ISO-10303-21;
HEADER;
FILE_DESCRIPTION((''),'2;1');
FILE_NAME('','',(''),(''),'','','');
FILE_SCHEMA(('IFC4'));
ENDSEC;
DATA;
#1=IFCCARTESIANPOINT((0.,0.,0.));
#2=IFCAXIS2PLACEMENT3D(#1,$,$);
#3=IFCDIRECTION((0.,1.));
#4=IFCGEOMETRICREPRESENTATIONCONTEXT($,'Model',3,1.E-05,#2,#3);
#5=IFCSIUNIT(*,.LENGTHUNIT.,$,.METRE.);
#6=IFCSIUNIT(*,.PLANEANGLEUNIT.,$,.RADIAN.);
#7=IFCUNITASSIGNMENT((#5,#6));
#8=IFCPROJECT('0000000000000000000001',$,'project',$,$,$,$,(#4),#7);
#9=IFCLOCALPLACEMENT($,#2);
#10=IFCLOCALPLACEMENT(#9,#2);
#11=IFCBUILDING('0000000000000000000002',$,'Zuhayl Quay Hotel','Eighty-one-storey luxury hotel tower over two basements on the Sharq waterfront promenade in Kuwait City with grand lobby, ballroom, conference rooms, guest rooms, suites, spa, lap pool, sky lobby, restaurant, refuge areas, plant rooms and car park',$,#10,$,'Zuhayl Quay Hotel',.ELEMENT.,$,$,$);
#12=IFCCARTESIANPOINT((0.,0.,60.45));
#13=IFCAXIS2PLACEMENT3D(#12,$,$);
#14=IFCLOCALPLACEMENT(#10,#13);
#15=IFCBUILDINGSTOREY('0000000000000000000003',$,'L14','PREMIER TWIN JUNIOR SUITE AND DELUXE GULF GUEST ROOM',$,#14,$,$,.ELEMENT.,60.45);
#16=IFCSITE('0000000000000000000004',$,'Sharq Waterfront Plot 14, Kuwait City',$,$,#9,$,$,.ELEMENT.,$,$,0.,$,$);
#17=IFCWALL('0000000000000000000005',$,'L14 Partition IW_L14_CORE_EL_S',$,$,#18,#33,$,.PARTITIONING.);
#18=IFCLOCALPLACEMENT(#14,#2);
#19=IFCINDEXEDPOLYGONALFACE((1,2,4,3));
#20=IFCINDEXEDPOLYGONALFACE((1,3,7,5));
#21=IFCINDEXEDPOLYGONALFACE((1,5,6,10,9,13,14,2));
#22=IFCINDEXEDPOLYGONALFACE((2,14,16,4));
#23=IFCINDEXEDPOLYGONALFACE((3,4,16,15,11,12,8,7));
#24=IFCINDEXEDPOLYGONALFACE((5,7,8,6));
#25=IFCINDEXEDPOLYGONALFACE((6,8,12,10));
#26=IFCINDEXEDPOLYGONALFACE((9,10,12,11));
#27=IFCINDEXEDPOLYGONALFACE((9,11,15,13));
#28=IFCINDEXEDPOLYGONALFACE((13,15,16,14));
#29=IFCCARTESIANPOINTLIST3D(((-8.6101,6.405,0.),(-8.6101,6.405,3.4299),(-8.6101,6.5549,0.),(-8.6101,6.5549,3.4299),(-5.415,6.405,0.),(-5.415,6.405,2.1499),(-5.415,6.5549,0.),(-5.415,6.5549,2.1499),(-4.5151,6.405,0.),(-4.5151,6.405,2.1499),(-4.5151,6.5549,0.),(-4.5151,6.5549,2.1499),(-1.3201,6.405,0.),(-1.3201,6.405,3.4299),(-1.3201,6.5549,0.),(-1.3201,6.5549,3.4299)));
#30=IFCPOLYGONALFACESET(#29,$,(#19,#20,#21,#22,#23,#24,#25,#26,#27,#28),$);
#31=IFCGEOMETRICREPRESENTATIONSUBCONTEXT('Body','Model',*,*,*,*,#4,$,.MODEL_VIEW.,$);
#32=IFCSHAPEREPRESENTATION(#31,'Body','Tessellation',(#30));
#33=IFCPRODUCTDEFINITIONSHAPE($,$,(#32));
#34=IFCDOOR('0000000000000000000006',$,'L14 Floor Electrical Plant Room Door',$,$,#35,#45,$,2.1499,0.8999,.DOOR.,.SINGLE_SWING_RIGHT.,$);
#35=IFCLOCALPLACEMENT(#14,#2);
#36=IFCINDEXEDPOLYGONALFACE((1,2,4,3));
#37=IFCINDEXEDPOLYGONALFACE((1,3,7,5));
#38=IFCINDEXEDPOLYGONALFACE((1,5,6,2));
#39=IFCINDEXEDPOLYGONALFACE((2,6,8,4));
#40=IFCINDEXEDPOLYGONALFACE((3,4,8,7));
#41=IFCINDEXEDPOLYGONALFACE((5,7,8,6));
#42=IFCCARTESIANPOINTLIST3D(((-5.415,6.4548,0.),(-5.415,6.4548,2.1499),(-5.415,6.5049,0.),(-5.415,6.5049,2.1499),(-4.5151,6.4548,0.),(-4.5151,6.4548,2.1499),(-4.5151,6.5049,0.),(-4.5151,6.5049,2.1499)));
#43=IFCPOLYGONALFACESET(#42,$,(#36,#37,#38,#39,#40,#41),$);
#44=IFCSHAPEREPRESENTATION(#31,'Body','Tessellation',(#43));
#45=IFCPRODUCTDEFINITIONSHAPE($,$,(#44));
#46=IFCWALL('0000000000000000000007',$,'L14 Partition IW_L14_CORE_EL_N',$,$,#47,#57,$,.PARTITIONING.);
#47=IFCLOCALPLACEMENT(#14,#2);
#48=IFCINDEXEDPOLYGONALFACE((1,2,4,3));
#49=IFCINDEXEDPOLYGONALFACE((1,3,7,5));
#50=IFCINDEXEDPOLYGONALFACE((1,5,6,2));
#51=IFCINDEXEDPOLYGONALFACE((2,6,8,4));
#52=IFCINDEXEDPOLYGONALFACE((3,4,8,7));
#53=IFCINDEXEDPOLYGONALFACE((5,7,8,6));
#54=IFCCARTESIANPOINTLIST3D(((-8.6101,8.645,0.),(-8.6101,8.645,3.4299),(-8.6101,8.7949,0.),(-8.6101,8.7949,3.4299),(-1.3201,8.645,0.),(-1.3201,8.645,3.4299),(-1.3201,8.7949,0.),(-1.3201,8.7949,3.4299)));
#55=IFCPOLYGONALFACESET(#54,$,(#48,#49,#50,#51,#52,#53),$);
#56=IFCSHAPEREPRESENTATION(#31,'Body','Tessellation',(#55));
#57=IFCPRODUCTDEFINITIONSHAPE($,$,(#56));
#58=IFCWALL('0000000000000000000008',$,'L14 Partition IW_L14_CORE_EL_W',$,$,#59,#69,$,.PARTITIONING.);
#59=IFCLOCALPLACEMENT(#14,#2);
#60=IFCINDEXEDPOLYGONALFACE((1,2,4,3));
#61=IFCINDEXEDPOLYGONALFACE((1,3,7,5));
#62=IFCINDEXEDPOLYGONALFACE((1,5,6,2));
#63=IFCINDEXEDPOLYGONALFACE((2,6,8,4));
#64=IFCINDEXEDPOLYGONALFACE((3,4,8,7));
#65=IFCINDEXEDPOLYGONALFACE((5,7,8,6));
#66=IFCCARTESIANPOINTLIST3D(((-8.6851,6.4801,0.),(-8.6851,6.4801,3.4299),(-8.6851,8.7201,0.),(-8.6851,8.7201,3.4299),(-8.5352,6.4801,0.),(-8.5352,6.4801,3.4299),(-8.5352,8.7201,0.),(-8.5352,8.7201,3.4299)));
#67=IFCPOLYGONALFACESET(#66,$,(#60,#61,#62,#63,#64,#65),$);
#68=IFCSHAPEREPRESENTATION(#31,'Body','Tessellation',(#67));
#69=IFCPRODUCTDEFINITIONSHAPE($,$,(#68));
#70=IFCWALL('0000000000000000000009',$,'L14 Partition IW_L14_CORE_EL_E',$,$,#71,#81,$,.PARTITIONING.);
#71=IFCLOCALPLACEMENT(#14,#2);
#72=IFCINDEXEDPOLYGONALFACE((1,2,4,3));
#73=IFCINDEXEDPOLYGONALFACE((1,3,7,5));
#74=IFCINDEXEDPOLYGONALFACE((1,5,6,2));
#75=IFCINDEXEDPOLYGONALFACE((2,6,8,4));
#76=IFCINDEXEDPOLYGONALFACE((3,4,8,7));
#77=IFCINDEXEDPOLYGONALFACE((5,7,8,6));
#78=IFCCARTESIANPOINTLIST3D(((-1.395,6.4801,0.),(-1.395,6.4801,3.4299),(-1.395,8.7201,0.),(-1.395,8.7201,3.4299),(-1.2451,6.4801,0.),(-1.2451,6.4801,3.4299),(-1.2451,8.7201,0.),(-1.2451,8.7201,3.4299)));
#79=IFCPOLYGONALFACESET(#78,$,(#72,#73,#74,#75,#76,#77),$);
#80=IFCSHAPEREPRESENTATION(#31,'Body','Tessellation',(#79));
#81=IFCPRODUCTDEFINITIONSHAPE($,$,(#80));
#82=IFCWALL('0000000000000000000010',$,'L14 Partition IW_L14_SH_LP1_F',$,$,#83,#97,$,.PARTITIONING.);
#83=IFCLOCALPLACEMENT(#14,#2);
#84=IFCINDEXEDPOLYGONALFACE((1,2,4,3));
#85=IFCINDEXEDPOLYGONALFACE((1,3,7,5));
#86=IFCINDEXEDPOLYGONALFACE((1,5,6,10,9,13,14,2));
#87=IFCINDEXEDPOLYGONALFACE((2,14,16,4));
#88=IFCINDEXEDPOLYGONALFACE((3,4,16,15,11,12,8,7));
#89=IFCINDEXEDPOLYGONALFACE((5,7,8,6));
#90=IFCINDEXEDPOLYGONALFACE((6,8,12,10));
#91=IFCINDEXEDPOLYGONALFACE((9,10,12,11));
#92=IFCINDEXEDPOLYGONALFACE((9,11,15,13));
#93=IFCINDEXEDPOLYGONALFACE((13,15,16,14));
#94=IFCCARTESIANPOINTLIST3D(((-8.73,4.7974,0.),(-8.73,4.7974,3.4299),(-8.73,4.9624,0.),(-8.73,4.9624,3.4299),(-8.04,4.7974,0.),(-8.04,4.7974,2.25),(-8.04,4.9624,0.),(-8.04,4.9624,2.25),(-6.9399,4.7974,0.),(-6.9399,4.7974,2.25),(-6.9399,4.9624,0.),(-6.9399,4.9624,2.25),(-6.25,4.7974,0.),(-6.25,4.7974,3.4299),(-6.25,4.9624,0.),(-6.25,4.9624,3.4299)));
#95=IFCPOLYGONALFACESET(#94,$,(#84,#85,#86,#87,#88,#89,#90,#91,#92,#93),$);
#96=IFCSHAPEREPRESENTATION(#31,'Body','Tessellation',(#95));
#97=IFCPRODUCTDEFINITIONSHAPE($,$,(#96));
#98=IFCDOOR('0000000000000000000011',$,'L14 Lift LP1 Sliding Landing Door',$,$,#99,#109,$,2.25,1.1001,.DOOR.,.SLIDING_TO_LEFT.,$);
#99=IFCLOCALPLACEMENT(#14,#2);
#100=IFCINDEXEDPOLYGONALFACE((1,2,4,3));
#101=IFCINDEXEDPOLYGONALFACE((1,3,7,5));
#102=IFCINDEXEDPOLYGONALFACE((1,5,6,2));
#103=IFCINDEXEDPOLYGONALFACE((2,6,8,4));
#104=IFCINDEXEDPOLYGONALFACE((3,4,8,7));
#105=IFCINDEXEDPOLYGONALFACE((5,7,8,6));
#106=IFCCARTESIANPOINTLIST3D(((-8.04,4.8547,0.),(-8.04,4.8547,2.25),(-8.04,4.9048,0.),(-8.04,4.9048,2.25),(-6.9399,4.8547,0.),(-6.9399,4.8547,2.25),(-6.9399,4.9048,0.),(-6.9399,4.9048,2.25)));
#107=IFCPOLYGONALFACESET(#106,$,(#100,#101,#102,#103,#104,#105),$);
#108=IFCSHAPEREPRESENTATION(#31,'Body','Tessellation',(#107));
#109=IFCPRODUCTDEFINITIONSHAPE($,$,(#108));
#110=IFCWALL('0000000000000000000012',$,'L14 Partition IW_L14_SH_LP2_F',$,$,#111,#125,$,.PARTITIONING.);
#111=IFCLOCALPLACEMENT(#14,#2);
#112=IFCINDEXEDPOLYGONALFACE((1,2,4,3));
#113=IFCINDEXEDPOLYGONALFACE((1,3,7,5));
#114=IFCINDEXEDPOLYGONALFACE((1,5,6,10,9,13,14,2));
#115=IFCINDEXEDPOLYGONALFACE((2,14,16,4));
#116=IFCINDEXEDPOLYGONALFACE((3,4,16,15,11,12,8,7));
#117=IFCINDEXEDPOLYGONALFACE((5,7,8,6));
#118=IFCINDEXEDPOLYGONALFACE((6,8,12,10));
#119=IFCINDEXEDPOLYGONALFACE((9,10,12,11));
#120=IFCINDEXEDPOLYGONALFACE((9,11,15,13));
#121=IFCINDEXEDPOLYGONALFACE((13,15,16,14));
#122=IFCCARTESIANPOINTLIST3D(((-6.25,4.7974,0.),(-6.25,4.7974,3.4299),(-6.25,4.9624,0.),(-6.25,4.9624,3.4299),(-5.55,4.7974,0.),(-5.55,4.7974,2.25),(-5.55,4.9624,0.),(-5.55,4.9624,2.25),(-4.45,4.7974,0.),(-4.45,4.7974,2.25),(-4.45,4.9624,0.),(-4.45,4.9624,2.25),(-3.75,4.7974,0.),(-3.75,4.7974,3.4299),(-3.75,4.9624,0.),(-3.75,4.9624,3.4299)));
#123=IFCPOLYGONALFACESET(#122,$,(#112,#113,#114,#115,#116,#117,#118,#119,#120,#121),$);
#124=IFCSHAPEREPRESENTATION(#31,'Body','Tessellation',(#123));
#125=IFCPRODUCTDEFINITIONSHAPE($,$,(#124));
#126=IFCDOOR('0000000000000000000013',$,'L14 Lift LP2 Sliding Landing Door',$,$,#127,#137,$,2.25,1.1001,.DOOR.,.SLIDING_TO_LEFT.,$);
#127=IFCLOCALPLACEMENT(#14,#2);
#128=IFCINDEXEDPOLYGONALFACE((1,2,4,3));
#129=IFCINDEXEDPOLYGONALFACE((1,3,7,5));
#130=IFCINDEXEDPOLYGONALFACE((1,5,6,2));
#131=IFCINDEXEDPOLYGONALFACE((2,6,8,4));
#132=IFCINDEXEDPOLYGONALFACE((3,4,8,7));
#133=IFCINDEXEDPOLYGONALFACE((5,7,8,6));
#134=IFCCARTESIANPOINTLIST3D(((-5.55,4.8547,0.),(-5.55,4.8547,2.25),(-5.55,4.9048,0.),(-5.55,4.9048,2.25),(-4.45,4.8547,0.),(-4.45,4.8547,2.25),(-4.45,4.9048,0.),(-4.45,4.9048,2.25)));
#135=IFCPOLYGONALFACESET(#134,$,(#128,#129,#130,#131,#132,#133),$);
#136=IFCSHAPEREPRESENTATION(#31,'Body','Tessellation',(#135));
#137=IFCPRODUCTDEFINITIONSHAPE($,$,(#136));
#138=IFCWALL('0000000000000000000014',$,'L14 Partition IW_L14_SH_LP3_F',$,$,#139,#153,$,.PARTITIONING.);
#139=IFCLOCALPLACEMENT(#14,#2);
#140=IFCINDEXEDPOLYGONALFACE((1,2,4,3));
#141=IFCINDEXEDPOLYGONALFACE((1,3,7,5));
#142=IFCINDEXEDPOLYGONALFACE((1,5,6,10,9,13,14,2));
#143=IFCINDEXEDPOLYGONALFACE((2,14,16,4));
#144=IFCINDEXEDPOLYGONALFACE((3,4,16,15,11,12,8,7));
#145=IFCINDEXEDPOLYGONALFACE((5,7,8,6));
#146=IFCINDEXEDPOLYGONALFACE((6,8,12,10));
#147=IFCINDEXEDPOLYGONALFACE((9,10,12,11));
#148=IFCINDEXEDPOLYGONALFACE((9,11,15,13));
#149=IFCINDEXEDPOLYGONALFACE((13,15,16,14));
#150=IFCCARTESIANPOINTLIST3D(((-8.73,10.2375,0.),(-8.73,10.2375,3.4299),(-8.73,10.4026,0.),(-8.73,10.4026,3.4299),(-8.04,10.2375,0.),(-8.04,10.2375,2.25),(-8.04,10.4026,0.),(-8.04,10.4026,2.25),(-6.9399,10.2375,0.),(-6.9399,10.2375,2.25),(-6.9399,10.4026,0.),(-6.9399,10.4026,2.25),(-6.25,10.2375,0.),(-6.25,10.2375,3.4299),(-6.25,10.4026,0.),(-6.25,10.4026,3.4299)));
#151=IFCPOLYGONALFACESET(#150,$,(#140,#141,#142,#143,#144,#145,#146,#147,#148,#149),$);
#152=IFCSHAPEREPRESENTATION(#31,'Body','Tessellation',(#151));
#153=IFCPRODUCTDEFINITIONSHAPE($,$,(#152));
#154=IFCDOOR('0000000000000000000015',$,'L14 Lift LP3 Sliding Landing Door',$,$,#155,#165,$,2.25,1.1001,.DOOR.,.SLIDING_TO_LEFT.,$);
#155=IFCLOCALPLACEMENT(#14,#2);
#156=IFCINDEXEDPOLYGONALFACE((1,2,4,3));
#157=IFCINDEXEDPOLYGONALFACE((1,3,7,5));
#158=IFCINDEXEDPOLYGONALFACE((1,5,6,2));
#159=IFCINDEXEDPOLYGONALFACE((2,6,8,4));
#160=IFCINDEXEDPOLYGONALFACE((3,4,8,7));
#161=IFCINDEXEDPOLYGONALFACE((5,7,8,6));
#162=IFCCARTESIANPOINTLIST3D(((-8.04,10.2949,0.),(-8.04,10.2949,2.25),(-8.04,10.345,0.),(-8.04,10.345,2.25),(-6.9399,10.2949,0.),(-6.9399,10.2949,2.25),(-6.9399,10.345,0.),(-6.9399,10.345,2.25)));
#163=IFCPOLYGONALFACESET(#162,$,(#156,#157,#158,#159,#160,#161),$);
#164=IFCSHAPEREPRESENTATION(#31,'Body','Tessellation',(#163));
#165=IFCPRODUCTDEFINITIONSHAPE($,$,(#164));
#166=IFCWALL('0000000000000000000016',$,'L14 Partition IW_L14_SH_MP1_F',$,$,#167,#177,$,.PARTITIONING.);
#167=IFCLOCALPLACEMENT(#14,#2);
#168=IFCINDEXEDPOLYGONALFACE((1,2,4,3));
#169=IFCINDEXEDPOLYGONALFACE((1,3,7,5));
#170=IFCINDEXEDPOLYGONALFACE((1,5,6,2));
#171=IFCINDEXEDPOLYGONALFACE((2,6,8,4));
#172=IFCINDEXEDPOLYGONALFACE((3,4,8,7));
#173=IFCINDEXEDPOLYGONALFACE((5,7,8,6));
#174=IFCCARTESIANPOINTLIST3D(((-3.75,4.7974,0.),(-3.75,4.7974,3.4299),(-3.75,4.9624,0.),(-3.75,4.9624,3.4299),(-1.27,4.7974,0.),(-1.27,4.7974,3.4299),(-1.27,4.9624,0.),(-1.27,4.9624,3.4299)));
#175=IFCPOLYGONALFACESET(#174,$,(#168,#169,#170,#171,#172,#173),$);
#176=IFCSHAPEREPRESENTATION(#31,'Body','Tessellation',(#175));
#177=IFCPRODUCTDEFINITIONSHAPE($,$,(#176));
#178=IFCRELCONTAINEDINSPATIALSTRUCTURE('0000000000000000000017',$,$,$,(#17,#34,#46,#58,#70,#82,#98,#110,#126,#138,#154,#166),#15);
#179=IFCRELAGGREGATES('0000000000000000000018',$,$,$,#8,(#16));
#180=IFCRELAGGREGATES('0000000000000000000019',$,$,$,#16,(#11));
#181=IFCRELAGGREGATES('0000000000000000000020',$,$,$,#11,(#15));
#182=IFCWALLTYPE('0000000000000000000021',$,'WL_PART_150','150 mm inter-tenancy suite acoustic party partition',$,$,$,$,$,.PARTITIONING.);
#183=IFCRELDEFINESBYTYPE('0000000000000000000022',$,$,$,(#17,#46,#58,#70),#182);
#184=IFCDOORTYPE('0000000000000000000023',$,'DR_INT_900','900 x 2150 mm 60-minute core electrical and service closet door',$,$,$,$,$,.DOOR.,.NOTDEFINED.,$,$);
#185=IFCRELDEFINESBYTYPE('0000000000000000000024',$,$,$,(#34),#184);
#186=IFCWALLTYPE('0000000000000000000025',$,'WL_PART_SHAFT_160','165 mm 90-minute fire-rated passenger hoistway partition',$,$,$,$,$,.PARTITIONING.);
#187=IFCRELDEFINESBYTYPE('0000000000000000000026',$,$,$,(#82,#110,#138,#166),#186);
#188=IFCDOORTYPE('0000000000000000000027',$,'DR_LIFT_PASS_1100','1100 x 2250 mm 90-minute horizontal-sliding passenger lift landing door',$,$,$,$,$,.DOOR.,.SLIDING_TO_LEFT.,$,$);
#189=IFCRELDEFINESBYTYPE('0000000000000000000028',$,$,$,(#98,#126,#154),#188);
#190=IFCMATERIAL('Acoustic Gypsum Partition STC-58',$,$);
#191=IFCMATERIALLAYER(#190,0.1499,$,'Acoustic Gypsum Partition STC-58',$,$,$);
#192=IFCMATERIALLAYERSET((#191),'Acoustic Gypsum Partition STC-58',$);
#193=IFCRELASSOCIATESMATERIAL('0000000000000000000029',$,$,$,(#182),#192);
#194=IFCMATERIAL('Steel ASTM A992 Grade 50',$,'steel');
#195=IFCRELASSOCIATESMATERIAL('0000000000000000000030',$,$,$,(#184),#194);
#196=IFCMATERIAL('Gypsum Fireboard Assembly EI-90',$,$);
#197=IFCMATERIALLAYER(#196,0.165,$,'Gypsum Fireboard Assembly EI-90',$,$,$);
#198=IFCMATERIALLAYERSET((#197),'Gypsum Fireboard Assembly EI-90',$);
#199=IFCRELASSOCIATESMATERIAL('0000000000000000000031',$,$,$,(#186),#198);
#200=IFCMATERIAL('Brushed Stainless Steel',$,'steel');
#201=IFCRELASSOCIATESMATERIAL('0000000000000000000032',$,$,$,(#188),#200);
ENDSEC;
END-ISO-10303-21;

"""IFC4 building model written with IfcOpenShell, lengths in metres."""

from ifc_helpers import new_model, si_unit, direction, frame, frame_2d, origin, place, context, subcontext, project, spatial, rectangle, extrude, material, layer, layer_set, type_object, element, fill, save


model = new_model("IFC4")

# Units and contexts
model_context = context("Model", 3, precision=1e-05, world=origin(), true_north=direction((0.0, 1.0)))
body_context = subcontext(model_context, "Body", "Model", "MODEL_VIEW")
ifc_project = project(units=[si_unit("LENGTHUNIT", "METRE"), si_unit("PLANEANGLEUNIT", "RADIAN")], contexts=[model_context])

# Site, building, storey
site_placement = place(None, origin())
site = spatial("IfcSite", under=ifc_project, at=site_placement, Name="Sharq Waterfront Plot 14, Kuwait City", CompositionType="ELEMENT", RefElevation=0.0)
building_placement = place(site_placement, origin())
building = spatial("IfcBuilding", under=site, at=building_placement, Name="Zuhayl Quay Hotel", Description="Eighty-one-storey luxury hotel tower over two basements on the Sharq waterfront promenade in Kuwait City with grand lobby, ballroom, conference rooms, guest rooms, suites, spa, lap pool, sky lobby, restaurant, refuge areas, plant rooms and car park", LongName="Zuhayl Quay Hotel", CompositionType="ELEMENT")
storey_placement = place(building_placement, frame((0.0, 0.0, 60.45)))
storey = spatial("IfcBuildingStorey", under=building, at=storey_placement, Name="L14", Description="PREMIER TWIN JUNIOR SUITE AND DELUXE GULF GUEST ROOM", CompositionType="ELEMENT", Elevation=60.45)

# Wall, opening, door
ifc_material_1 = material(Name="Acoustic Gypsum Partition STC-58")
ifc_layer_1 = layer(ifc_material_1, 0.1499, Name="Acoustic Gypsum Partition STC-58")
ifc_layer_set_1 = layer_set([ifc_layer_1], Name="Acoustic Gypsum Partition STC-58")
wall_type_1 = type_object("IfcWallType", Name="WL_PART_150", Description="150 mm inter-tenancy suite acoustic party partition", PredefinedType="PARTITIONING", material=ifc_layer_set_1)
wall_1_placement = place(storey_placement, frame((-8.6101, 6.48, 0.0), z_axis=(0.0, 0.0, 1.0), x_axis=(1.0, 0.0, 0.0)))
wall_1 = element("IfcWall", 1, at=wall_1_placement, inside=storey, type_object=wall_type_1, Name="L14 Partition IW_L14_CORE_EL_S", PredefinedType="PARTITIONING", context=body_context, shape_type="SweptSolid", body=[
    extrude(rectangle(XDim=7.29, YDim=0.1499, at=frame_2d((3.645, 0.0))), origin(), (0.0, 0.0, 1.0), 3.4299),
])
opening_1_placement = place(wall_1_placement, frame((3.1951, 0.0, 0.0)))
opening_1 = element("IfcOpeningElement", 2, at=opening_1_placement, cuts=wall_1, PredefinedType="OPENING", context=body_context, shape_type="SweptSolid", body=[
    extrude(rectangle(XDim=0.8999, YDim=2.1499, at=frame_2d((0.45, 1.075))), frame((0.0, 0.085, 0.0), z_axis=(0.0, -1.0, 0.0), x_axis=(1.0, 0.0, 0.0)), (0.0, 0.0, 1.0), 0.1699),
])
ifc_material_2 = material(Name="Steel ASTM A992 Grade 50", Category="steel")
door_type_1 = type_object("IfcDoorType", Name="DR_INT_900", Description="900 x 2150 mm 60-minute core electrical and service closet door", OperationType="NOTDEFINED", PredefinedType="DOOR", material=ifc_material_2)
door_1_placement = place(opening_1_placement, origin())
door_1 = element("IfcDoor", 3, at=door_1_placement, inside=storey, type_object=door_type_1, Name="L14 Floor Electrical Plant Room Door", OperationType="SINGLE_SWING_RIGHT", OverallHeight=2.1499, OverallWidth=0.8999, PredefinedType="DOOR", context=body_context, shape_type="SweptSolid", body=[
    extrude(rectangle(XDim=0.8999, YDim=2.1499, at=frame_2d((0.45, 1.075))), frame((0.0, 0.0249, 0.0), z_axis=(0.0, -1.0, 0.0), x_axis=(1.0, 0.0, 0.0)), (0.0, 0.0, 1.0), 0.05),
])
fill(opening_1, door_1)

# Walls
wall_2_placement = place(storey_placement, frame((-8.6101, 8.72, 0.0), z_axis=(0.0, 0.0, 1.0), x_axis=(1.0, 0.0, 0.0)))
element("IfcWall", 4, at=wall_2_placement, inside=storey, type_object=wall_type_1, Name="L14 Partition IW_L14_CORE_EL_N", PredefinedType="PARTITIONING", context=body_context, shape_type="SweptSolid", body=[
    extrude(rectangle(XDim=7.29, YDim=0.1499, at=frame_2d((3.645, 0.0))), origin(), (0.0, 0.0, 1.0), 3.4299),
])
for number, where, z_axis, x_axis, name in (
    (5, (-8.6101, 6.48, 0.0), (0.0, 0.0, 1.0), (0.0, 1.0, 0.0), "L14 Partition IW_L14_CORE_EL_W"),
    (6, (-1.3201, 6.48, 0.0), (0.0, 0.0, 1.0), (0.0, 1.0, 0.0), "L14 Partition IW_L14_CORE_EL_E"),
):
    element("IfcWall", number, at=place(storey_placement, frame(where, z_axis=z_axis, x_axis=x_axis)), inside=storey, type_object=wall_type_1, Name=name, PredefinedType="PARTITIONING", context=body_context, shape_type="SweptSolid", body=[
        extrude(rectangle(XDim=2.24, YDim=0.1499, at=frame_2d((1.1201, 0.0))), origin(), (0.0, 0.0, 1.0), 3.4299),
    ])

# Walls, openings, doors
ifc_material_3 = material(Name="Gypsum Fireboard Assembly EI-90")
ifc_layer_2 = layer(ifc_material_3, 0.165, Name="Gypsum Fireboard Assembly EI-90")
ifc_layer_set_2 = layer_set([ifc_layer_2], Name="Gypsum Fireboard Assembly EI-90")
wall_type_2 = type_object("IfcWallType", Name="WL_PART_SHAFT_160", Description="165 mm 90-minute fire-rated passenger hoistway partition", PredefinedType="PARTITIONING", material=ifc_layer_set_2)
wall_3_placement = place(storey_placement, frame((-8.73, 4.8799, 0.0), z_axis=(0.0, 0.0, 1.0), x_axis=(1.0, 0.0, 0.0)))
wall_3 = element("IfcWall", 7, at=wall_3_placement, inside=storey, type_object=wall_type_2, Name="L14 Partition IW_L14_SH_LP1_F", PredefinedType="PARTITIONING", context=body_context, shape_type="SweptSolid", body=[
    extrude(rectangle(XDim=2.48, YDim=0.165, at=frame_2d((1.24, 0.0))), origin(), (0.0, 0.0, 1.0), 3.4299),
])
opening_2_placement = place(wall_3_placement, frame((0.6899, 0.0, 0.0)))
opening_2 = element("IfcOpeningElement", 8, at=opening_2_placement, cuts=wall_3, PredefinedType="OPENING", context=body_context, shape_type="SweptSolid", body=[
    extrude(rectangle(XDim=1.1001, YDim=2.25, at=frame_2d((0.55, 1.125))), frame((0.0, 0.0925, 0.0), z_axis=(0.0, -1.0, 0.0), x_axis=(1.0, 0.0, 0.0)), (0.0, 0.0, 1.0), 0.1851),
])
ifc_material_4 = material(Name="Brushed Stainless Steel", Category="steel")
door_type_2 = type_object("IfcDoorType", Name="DR_LIFT_PASS_1100", Description="1100 x 2250 mm 90-minute horizontal-sliding passenger lift landing door", OperationType="SLIDING_TO_LEFT", PredefinedType="DOOR", material=ifc_material_4)
door_2_placement = place(opening_2_placement, origin())
door_2 = element("IfcDoor", 9, at=door_2_placement, inside=storey, type_object=door_type_2, Name="L14 Lift LP1 Sliding Landing Door", OperationType="SLIDING_TO_LEFT", OverallHeight=2.25, OverallWidth=1.1001, PredefinedType="DOOR", context=body_context, shape_type="SweptSolid", body=[
    extrude(rectangle(XDim=1.1001, YDim=2.25, at=frame_2d((0.55, 1.125))), frame((0.0, 0.0249, 0.0), z_axis=(0.0, -1.0, 0.0), x_axis=(1.0, 0.0, 0.0)), (0.0, 0.0, 1.0), 0.05),
])
fill(opening_2, door_2)
wall_4_placement = place(storey_placement, frame((-6.25, 4.8799, 0.0), z_axis=(0.0, 0.0, 1.0), x_axis=(1.0, 0.0, 0.0)))
wall_4 = element("IfcWall", 10, at=wall_4_placement, inside=storey, type_object=wall_type_2, Name="L14 Partition IW_L14_SH_LP2_F", PredefinedType="PARTITIONING", context=body_context, shape_type="SweptSolid", body=[
    extrude(rectangle(XDim=2.5, YDim=0.165, at=frame_2d((1.25, 0.0))), origin(), (0.0, 0.0, 1.0), 3.4299),
])
opening_3_placement = place(wall_4_placement, frame((0.7, 0.0, 0.0)))
opening_3 = element("IfcOpeningElement", 11, at=opening_3_placement, cuts=wall_4, PredefinedType="OPENING", context=body_context, shape_type="SweptSolid", body=[
    extrude(rectangle(XDim=1.1001, YDim=2.25, at=frame_2d((0.55, 1.125))), frame((0.0, 0.0925, 0.0), z_axis=(0.0, -1.0, 0.0), x_axis=(1.0, 0.0, 0.0)), (0.0, 0.0, 1.0), 0.1851),
])
door_3_placement = place(opening_3_placement, origin())
door_3 = element("IfcDoor", 12, at=door_3_placement, inside=storey, type_object=door_type_2, Name="L14 Lift LP2 Sliding Landing Door", OperationType="SLIDING_TO_LEFT", OverallHeight=2.25, OverallWidth=1.1001, PredefinedType="DOOR", context=body_context, shape_type="SweptSolid", body=[
    extrude(rectangle(XDim=1.1001, YDim=2.25, at=frame_2d((0.55, 1.125))), frame((0.0, 0.0249, 0.0), z_axis=(0.0, -1.0, 0.0), x_axis=(1.0, 0.0, 0.0)), (0.0, 0.0, 1.0), 0.05),
])
fill(opening_3, door_3)
wall_5_placement = place(storey_placement, frame((-8.73, 10.3201, 0.0), z_axis=(0.0, 0.0, 1.0), x_axis=(1.0, 0.0, 0.0)))
wall_5 = element("IfcWall", 13, at=wall_5_placement, inside=storey, type_object=wall_type_2, Name="L14 Partition IW_L14_SH_LP3_F", PredefinedType="PARTITIONING", context=body_context, shape_type="SweptSolid", body=[
    extrude(rectangle(XDim=2.48, YDim=0.165, at=frame_2d((1.24, 0.0))), origin(), (0.0, 0.0, 1.0), 3.4299),
])
opening_4_placement = place(wall_5_placement, frame((0.6899, 0.0, 0.0)))
opening_4 = element("IfcOpeningElement", 14, at=opening_4_placement, cuts=wall_5, PredefinedType="OPENING", context=body_context, shape_type="SweptSolid", body=[
    extrude(rectangle(XDim=1.1001, YDim=2.25, at=frame_2d((0.55, 1.125))), frame((0.0, 0.0925, 0.0), z_axis=(0.0, -1.0, 0.0), x_axis=(1.0, 0.0, 0.0)), (0.0, 0.0, 1.0), 0.1851),
])
door_4_placement = place(opening_4_placement, origin())
door_4 = element("IfcDoor", 15, at=door_4_placement, inside=storey, type_object=door_type_2, Name="L14 Lift LP3 Sliding Landing Door", OperationType="SLIDING_TO_LEFT", OverallHeight=2.25, OverallWidth=1.1001, PredefinedType="DOOR", context=body_context, shape_type="SweptSolid", body=[
    extrude(rectangle(XDim=1.1001, YDim=2.25, at=frame_2d((0.55, 1.125))), frame((0.0, 0.0249, 0.0), z_axis=(0.0, -1.0, 0.0), x_axis=(1.0, 0.0, 0.0)), (0.0, 0.0, 1.0), 0.05),
])
fill(opening_4, door_4)

# Wall
wall_6_placement = place(storey_placement, frame((-3.75, 4.8799, 0.0), z_axis=(0.0, 0.0, 1.0), x_axis=(1.0, 0.0, 0.0)))
element("IfcWall", 16, at=wall_6_placement, inside=storey, type_object=wall_type_2, Name="L14 Partition IW_L14_SH_MP1_F", PredefinedType="PARTITIONING", context=body_context, shape_type="SweptSolid", body=[
    extrude(rectangle(XDim=2.48, YDim=0.165, at=frame_2d((1.24, 0.0))), origin(), (0.0, 0.0, 1.0), 3.4299),
])

save(model, "model.ifc")
